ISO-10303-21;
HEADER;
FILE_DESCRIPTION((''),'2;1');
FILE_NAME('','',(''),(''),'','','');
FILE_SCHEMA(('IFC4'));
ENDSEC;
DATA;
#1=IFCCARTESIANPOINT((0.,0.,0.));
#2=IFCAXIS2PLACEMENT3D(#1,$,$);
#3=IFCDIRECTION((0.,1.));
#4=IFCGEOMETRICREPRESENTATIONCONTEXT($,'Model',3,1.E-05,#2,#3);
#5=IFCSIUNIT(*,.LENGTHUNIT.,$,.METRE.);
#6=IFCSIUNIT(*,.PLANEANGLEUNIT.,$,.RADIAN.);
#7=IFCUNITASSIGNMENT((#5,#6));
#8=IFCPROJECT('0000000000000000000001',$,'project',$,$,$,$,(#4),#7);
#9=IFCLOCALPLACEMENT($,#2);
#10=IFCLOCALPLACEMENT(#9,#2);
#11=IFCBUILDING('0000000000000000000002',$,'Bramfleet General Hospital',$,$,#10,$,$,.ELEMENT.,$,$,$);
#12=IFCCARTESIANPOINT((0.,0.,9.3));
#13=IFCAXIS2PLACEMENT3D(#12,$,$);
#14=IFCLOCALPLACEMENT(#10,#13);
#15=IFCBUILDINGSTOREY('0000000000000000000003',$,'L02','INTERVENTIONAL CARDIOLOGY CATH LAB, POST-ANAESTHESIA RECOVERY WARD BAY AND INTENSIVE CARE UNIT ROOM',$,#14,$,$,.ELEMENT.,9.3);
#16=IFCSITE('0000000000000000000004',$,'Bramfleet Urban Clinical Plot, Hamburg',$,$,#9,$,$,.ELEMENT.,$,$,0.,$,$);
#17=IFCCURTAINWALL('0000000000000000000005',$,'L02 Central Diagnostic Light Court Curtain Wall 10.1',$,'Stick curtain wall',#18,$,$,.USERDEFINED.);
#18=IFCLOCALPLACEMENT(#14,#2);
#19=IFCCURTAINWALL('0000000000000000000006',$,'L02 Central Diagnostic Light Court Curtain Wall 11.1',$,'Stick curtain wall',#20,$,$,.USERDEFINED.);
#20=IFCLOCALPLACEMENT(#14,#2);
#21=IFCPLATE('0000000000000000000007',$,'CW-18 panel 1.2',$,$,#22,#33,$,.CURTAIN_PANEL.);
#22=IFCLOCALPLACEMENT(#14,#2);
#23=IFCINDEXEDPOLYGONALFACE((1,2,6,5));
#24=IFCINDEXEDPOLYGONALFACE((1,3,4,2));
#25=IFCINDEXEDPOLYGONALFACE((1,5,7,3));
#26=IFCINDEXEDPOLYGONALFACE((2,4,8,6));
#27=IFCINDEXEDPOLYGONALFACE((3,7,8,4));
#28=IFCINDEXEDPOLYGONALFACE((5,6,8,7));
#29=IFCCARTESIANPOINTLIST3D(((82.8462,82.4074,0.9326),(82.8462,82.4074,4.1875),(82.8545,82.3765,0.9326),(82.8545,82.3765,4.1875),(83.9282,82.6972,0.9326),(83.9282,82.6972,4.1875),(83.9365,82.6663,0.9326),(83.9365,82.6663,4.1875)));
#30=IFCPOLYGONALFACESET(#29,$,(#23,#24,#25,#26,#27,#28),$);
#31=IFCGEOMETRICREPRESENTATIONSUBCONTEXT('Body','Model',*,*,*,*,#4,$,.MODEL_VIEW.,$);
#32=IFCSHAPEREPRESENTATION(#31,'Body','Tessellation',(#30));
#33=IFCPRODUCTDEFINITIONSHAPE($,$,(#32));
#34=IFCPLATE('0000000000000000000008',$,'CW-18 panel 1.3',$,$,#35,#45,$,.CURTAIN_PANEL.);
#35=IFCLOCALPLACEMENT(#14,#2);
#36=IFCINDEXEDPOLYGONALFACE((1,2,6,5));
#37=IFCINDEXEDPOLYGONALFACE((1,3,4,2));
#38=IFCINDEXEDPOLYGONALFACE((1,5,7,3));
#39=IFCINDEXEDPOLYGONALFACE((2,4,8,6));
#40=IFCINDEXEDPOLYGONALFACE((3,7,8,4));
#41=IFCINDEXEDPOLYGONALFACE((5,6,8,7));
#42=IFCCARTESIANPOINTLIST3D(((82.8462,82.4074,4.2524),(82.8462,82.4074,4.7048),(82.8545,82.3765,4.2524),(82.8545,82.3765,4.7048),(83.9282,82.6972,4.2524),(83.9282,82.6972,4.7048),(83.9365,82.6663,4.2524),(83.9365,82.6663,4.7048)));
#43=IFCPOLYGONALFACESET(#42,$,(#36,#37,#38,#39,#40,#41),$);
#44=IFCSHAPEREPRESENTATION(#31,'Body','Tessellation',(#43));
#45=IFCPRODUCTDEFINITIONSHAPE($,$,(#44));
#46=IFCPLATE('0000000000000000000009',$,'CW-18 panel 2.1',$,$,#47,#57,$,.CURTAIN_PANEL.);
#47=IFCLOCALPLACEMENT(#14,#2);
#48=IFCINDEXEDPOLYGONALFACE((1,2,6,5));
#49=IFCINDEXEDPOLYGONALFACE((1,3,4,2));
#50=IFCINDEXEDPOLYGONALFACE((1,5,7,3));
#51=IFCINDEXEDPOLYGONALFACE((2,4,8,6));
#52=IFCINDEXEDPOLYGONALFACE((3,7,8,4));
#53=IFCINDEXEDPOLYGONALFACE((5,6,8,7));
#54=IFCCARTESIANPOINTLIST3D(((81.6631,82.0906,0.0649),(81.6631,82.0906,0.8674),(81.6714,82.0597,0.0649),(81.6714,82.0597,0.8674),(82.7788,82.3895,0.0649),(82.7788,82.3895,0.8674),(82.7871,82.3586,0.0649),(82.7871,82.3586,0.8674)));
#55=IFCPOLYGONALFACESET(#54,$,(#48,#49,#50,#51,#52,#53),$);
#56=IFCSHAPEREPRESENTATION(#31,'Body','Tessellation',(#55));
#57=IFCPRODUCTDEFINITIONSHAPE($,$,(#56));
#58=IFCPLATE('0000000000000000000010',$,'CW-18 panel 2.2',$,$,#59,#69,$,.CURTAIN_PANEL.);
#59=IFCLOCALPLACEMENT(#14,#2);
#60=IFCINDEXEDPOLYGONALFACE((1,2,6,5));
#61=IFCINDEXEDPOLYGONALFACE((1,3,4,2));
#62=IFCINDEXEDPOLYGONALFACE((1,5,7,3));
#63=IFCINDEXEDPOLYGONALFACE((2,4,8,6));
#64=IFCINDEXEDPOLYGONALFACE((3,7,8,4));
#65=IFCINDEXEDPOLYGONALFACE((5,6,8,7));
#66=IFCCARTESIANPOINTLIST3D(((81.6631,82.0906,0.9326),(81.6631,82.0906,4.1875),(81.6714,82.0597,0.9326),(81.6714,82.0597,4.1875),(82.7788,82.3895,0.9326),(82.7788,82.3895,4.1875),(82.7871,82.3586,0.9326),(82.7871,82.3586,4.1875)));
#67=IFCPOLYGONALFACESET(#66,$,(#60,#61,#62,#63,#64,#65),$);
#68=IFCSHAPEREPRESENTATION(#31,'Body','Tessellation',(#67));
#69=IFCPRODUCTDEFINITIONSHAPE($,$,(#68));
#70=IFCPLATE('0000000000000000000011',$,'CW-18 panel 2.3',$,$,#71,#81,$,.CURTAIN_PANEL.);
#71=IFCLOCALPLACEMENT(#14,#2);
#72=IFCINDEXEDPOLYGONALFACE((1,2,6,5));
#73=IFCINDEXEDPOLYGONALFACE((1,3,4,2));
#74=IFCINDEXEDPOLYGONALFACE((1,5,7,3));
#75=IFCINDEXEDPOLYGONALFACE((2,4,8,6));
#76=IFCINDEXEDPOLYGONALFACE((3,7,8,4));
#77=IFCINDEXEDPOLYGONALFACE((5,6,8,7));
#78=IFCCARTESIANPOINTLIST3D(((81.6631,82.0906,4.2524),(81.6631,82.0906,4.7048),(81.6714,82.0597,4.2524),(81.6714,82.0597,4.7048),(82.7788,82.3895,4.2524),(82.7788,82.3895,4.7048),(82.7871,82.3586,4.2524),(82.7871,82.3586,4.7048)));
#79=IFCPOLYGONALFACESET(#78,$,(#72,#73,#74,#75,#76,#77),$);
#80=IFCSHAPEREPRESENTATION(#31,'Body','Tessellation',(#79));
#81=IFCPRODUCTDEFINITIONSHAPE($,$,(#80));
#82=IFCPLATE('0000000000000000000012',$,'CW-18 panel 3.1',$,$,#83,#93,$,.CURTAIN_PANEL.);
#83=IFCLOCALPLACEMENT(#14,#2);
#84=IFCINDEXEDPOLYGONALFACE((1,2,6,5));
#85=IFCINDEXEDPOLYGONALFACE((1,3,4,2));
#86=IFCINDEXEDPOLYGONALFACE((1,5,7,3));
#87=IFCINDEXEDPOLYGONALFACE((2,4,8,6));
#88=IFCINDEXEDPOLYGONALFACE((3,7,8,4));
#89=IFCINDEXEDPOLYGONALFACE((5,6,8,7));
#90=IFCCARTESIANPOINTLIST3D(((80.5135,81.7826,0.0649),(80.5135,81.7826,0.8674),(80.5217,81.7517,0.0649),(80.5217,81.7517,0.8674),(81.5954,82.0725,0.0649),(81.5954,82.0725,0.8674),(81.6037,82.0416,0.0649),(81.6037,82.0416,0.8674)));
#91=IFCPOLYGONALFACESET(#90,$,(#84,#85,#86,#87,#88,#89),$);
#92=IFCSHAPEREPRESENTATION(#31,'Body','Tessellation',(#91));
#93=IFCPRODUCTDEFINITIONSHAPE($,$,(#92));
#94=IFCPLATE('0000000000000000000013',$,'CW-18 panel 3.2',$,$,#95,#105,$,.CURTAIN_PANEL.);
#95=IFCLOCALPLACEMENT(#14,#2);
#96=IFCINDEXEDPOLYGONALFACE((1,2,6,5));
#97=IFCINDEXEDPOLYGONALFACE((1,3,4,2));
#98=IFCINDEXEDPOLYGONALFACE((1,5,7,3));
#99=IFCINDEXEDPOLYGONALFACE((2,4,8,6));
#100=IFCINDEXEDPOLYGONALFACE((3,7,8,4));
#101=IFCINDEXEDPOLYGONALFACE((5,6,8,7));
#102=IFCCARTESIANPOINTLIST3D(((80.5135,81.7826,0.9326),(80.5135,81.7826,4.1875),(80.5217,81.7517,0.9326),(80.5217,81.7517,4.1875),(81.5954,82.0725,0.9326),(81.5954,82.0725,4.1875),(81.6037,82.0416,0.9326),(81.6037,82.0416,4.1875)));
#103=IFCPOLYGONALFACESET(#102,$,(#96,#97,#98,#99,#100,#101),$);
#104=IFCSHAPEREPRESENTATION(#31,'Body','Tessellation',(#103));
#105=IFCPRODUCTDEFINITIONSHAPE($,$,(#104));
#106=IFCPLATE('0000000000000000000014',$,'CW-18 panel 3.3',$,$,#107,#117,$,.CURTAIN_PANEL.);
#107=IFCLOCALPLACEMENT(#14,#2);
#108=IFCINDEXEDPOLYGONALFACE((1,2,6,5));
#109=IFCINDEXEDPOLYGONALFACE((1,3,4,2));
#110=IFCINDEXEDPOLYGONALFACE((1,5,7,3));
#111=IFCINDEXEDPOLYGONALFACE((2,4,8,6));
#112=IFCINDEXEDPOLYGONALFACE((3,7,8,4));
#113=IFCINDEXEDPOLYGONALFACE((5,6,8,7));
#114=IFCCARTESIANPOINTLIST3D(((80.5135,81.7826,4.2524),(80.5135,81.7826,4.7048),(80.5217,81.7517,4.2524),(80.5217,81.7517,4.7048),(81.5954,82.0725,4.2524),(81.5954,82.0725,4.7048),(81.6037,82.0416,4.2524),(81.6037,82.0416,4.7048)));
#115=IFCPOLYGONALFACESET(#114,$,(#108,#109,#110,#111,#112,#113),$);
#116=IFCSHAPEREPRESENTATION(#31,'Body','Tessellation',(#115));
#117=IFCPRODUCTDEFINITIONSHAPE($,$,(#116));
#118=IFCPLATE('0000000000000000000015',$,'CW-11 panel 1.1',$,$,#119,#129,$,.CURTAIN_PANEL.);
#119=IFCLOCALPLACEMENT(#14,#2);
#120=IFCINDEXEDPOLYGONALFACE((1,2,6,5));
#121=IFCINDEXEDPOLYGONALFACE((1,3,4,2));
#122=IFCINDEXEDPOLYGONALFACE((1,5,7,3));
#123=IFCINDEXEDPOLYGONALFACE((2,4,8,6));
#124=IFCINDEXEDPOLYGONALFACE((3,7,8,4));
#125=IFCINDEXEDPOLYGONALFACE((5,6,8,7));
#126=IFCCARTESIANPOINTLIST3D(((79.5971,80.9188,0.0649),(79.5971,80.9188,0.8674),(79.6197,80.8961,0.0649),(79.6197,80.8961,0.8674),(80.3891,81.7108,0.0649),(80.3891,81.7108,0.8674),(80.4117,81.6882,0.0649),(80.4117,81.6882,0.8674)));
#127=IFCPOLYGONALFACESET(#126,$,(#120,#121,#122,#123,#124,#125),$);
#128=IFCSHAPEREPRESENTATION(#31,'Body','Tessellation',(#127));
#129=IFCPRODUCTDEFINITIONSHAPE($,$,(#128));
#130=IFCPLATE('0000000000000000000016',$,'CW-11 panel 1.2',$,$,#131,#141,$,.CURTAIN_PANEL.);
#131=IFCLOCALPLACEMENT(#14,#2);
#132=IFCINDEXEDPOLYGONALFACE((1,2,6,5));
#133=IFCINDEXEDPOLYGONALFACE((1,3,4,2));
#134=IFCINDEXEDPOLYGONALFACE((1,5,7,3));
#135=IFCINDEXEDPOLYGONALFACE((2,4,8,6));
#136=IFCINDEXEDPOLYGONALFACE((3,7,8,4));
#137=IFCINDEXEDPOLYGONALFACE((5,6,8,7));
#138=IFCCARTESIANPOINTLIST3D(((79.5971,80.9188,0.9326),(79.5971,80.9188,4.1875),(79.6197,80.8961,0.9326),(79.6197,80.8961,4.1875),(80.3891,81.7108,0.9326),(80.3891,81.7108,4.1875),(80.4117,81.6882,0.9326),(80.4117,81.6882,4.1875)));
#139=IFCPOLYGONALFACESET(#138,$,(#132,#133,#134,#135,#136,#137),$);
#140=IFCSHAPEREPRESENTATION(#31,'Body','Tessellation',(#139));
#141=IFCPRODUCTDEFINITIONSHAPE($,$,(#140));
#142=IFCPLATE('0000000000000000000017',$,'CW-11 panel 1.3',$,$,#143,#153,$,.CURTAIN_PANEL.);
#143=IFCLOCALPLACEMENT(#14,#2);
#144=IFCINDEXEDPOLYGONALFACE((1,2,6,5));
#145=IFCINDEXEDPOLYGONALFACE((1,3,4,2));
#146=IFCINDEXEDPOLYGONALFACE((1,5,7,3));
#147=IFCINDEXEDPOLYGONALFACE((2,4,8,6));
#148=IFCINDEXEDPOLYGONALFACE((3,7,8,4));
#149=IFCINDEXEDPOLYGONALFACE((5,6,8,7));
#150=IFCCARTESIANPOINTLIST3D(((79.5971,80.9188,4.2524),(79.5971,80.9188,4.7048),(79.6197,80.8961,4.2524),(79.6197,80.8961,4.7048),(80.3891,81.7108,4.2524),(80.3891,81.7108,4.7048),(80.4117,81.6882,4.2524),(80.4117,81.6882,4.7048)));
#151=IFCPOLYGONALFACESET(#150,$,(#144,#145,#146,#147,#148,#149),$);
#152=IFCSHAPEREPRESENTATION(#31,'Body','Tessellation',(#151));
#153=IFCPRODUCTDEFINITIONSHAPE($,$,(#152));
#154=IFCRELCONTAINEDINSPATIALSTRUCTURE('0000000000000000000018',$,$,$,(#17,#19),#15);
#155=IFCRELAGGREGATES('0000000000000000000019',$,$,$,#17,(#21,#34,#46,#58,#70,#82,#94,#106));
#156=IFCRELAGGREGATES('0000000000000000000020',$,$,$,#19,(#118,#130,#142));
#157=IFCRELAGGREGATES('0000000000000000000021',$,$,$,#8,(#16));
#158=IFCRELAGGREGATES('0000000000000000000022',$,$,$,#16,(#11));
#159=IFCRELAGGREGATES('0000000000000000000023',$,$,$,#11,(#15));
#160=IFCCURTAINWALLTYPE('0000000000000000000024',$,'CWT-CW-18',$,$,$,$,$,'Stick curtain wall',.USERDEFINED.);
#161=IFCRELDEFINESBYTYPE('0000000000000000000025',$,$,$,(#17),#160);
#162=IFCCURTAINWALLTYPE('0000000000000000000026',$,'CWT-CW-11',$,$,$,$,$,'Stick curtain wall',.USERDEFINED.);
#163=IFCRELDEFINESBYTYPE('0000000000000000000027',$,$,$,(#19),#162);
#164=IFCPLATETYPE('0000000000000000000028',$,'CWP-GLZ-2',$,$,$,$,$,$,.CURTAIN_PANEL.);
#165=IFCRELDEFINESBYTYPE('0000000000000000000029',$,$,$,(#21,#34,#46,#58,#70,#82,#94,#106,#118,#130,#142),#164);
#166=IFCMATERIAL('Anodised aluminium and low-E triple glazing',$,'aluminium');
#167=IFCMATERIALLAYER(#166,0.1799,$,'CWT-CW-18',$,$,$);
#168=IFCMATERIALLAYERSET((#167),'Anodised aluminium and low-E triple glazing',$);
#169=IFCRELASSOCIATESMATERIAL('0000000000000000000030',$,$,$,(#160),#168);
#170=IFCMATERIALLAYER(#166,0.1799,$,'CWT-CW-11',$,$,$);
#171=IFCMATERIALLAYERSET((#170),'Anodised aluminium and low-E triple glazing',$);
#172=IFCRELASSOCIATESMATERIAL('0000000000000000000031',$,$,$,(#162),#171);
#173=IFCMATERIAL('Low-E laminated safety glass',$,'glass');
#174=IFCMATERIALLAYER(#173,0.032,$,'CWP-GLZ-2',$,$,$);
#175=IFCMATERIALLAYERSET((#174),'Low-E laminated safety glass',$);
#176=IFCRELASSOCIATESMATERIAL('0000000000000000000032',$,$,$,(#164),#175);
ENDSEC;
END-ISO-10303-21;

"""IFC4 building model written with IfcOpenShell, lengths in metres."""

from ifc_helpers import new_model, si_unit, direction, frame, origin, origin_2d, place, context, subcontext, project, spatial, rectangle, extrude, material, layer, layer_set, type_object, element, aggregate, save


model = new_model("IFC4")

# Units and contexts
model_context = context("Model", 3, precision=1e-05, world=origin(), true_north=direction((0.0, 1.0)))
body_context = subcontext(model_context, "Body", "Model", "MODEL_VIEW")
ifc_project = project(units=[si_unit("LENGTHUNIT", "METRE"), si_unit("PLANEANGLEUNIT", "RADIAN")], contexts=[model_context])

# Site, building, storey
site_placement = place(None, origin())
site = spatial("IfcSite", under=ifc_project, at=site_placement, Name="Bramfleet Urban Clinical Plot, Hamburg", CompositionType="ELEMENT", RefElevation=0.0)
building_placement = place(site_placement, origin())
building = spatial("IfcBuilding", under=site, at=building_placement, Name="Bramfleet General Hospital", CompositionType="ELEMENT")
storey_placement = place(building_placement, frame((0.0, 0.0, 9.3)))
storey = spatial("IfcBuildingStorey", under=building, at=storey_placement, Name="L02", Description="INTERVENTIONAL CARDIOLOGY CATH LAB, POST-ANAESTHESIA RECOVERY WARD BAY AND INTENSIVE CARE UNIT ROOM", CompositionType="ELEMENT", Elevation=9.3)

# Curtain walls
ifc_material_1 = material(Name="Anodised aluminium and low-E triple glazing", Category="aluminium")
ifc_layer_1 = layer(ifc_material_1, 0.1799, Name="CWT-CW-18")
ifc_layer_set_1 = layer_set([ifc_layer_1], Name="Anodised aluminium and low-E triple glazing")
curtain_wall_type_1 = type_object("IfcCurtainWallType", Name="CWT-CW-18", ElementType="Stick curtain wall", PredefinedType="USERDEFINED", material=ifc_layer_set_1)
curtain_wall_1_placement = place(storey_placement, origin())
curtain_wall_1 = element("IfcCurtainWall", 1, at=curtain_wall_1_placement, inside=storey, type_object=curtain_wall_type_1, Name="L02 Central Diagnostic Light Court Curtain Wall 10.1", ObjectType="Stick curtain wall", PredefinedType="USERDEFINED")
ifc_layer_2 = layer(ifc_material_1, 0.1799, Name="CWT-CW-11")
ifc_layer_set_2 = layer_set([ifc_layer_2], Name="Anodised aluminium and low-E triple glazing")
curtain_wall_type_2 = type_object("IfcCurtainWallType", Name="CWT-CW-11", ElementType="Stick curtain wall", PredefinedType="USERDEFINED", material=ifc_layer_set_2)
curtain_wall_2_placement = place(storey_placement, origin())
curtain_wall_2 = element("IfcCurtainWall", 2, at=curtain_wall_2_placement, inside=storey, type_object=curtain_wall_type_2, Name="L02 Central Diagnostic Light Court Curtain Wall 11.1", ObjectType="Stick curtain wall", PredefinedType="USERDEFINED")

# Plates
ifc_material_2 = material(Name="Low-E laminated safety glass", Category="glass")
ifc_layer_3 = layer(ifc_material_2, 0.032, Name="CWP-GLZ-2")
ifc_layer_set_3 = layer_set([ifc_layer_3], Name="Low-E laminated safety glass")
plate_type = type_object("IfcPlateType", Name="CWP-GLZ-2", PredefinedType="CURTAIN_PANEL", material=ifc_layer_set_3)
plate_1_placement = place(storey_placement, frame((83.3914, 82.5369, 0.9326), z_axis=(0.0, 0.0, 1.0), x_axis=(-0.965941, -0.258763, 0.0)))
plate_1 = element("IfcPlate", 3, at=plate_1_placement, type_object=plate_type, Name="CW-18 panel 1.2", PredefinedType="CURTAIN_PANEL", context=body_context, shape_type="SweptSolid", body=[
    extrude(rectangle(XDim=1.1201, YDim=0.032, at=origin_2d()), origin(), (0.0, 0.0, 1.0), 3.2549),
])
plate_2_placement = place(storey_placement, frame((83.3914, 82.5369, 4.2524), z_axis=(0.0, 0.0, 1.0), x_axis=(-0.965941, -0.258763, 0.0)))
plate_2 = element("IfcPlate", 4, at=plate_2_placement, type_object=plate_type, Name="CW-18 panel 1.3", PredefinedType="CURTAIN_PANEL", context=body_context, shape_type="SweptSolid", body=[
    extrude(rectangle(XDim=1.1201, YDim=0.032, at=origin_2d()), origin(), (0.0, 0.0, 1.0), 0.4524),
])
plate_3_placement = place(storey_placement, frame((82.2251, 82.2246, 0.0649), z_axis=(0.0, 0.0, 1.0), x_axis=(-0.965941, -0.258763, 0.0)))
plate_3 = element("IfcPlate", 5, at=plate_3_placement, type_object=plate_type, Name="CW-18 panel 2.1", PredefinedType="CURTAIN_PANEL", context=body_context, shape_type="SweptSolid", body=[
    extrude(rectangle(XDim=1.155, YDim=0.032, at=origin_2d()), origin(), (0.0, 0.0, 1.0), 0.8025),
])
plate_4_placement = place(storey_placement, frame((82.2251, 82.2246, 0.9326), z_axis=(0.0, 0.0, 1.0), x_axis=(-0.965941, -0.258763, 0.0)))
plate_4 = element("IfcPlate", 6, at=plate_4_placement, type_object=plate_type, Name="CW-18 panel 2.2", PredefinedType="CURTAIN_PANEL", context=body_context, shape_type="SweptSolid", body=[
    extrude(rectangle(XDim=1.155, YDim=0.032, at=origin_2d()), origin(), (0.0, 0.0, 1.0), 3.2549),
])
plate_5_placement = place(storey_placement, frame((82.2251, 82.2246, 4.2524), z_axis=(0.0, 0.0, 1.0), x_axis=(-0.965941, -0.258763, 0.0)))
plate_5 = element("IfcPlate", 7, at=plate_5_placement, type_object=plate_type, Name="CW-18 panel 2.3", PredefinedType="CURTAIN_PANEL", context=body_context, shape_type="SweptSolid", body=[
    extrude(rectangle(XDim=1.155, YDim=0.032, at=origin_2d()), origin(), (0.0, 0.0, 1.0), 0.4524),
])
plate_6_placement = place(storey_placement, frame((81.0586, 81.9121, 0.0649), z_axis=(0.0, 0.0, 1.0), x_axis=(-0.965941, -0.258763, 0.0)))
plate_6 = element("IfcPlate", 8, at=plate_6_placement, type_object=plate_type, Name="CW-18 panel 3.1", PredefinedType="CURTAIN_PANEL", context=body_context, shape_type="SweptSolid", body=[
    extrude(rectangle(XDim=1.1201, YDim=0.032, at=origin_2d()), origin(), (0.0, 0.0, 1.0), 0.8025),
])
plate_7_placement = place(storey_placement, frame((81.0586, 81.9121, 0.9326), z_axis=(0.0, 0.0, 1.0), x_axis=(-0.965941, -0.258763, 0.0)))
plate_7 = element("IfcPlate", 9, at=plate_7_placement, type_object=plate_type, Name="CW-18 panel 3.2", PredefinedType="CURTAIN_PANEL", context=body_context, shape_type="SweptSolid", body=[
    extrude(rectangle(XDim=1.1201, YDim=0.032, at=origin_2d()), origin(), (0.0, 0.0, 1.0), 3.2549),
])
plate_8_placement = place(storey_placement, frame((81.0586, 81.9121, 4.2524), z_axis=(0.0, 0.0, 1.0), x_axis=(-0.965941, -0.258763, 0.0)))
plate_8 = element("IfcPlate", 10, at=plate_8_placement, type_object=plate_type, Name="CW-18 panel 3.3", PredefinedType="CURTAIN_PANEL", context=body_context, shape_type="SweptSolid", body=[
    extrude(rectangle(XDim=1.1201, YDim=0.032, at=origin_2d()), origin(), (0.0, 0.0, 1.0), 0.4524),
])
aggregate(curtain_wall_1, [plate_1, plate_2, plate_3, plate_4, plate_5, plate_6, plate_7, plate_8])
plate_9_placement = place(storey_placement, frame((80.0044, 81.3035, 0.0649), z_axis=(0.0, 0.0, 1.0), x_axis=(-0.707107, -0.707107, 0.0)))
plate_9 = element("IfcPlate", 11, at=plate_9_placement, type_object=plate_type, Name="CW-11 panel 1.1", PredefinedType="CURTAIN_PANEL", context=body_context, shape_type="SweptSolid", body=[
    extrude(rectangle(XDim=1.1201, YDim=0.032, at=origin_2d()), origin(), (0.0, 0.0, 1.0), 0.8025),
])
plate_10_placement = place(storey_placement, frame((80.0044, 81.3035, 0.9326), z_axis=(0.0, 0.0, 1.0), x_axis=(-0.707107, -0.707107, 0.0)))
plate_10 = element("IfcPlate", 12, at=plate_10_placement, type_object=plate_type, Name="CW-11 panel 1.2", PredefinedType="CURTAIN_PANEL", context=body_context, shape_type="SweptSolid", body=[
    extrude(rectangle(XDim=1.1201, YDim=0.032, at=origin_2d()), origin(), (0.0, 0.0, 1.0), 3.2549),
])
plate_11_placement = place(storey_placement, frame((80.0044, 81.3035, 4.2524), z_axis=(0.0, 0.0, 1.0), x_axis=(-0.707107, -0.707107, 0.0)))
plate_11 = element("IfcPlate", 13, at=plate_11_placement, type_object=plate_type, Name="CW-11 panel 1.3", PredefinedType="CURTAIN_PANEL", context=body_context, shape_type="SweptSolid", body=[
    extrude(rectangle(XDim=1.1201, YDim=0.032, at=origin_2d()), origin(), (0.0, 0.0, 1.0), 0.4524),
])
aggregate(curtain_wall_2, [plate_9, plate_10, plate_11])

save(model, "model.ifc")
